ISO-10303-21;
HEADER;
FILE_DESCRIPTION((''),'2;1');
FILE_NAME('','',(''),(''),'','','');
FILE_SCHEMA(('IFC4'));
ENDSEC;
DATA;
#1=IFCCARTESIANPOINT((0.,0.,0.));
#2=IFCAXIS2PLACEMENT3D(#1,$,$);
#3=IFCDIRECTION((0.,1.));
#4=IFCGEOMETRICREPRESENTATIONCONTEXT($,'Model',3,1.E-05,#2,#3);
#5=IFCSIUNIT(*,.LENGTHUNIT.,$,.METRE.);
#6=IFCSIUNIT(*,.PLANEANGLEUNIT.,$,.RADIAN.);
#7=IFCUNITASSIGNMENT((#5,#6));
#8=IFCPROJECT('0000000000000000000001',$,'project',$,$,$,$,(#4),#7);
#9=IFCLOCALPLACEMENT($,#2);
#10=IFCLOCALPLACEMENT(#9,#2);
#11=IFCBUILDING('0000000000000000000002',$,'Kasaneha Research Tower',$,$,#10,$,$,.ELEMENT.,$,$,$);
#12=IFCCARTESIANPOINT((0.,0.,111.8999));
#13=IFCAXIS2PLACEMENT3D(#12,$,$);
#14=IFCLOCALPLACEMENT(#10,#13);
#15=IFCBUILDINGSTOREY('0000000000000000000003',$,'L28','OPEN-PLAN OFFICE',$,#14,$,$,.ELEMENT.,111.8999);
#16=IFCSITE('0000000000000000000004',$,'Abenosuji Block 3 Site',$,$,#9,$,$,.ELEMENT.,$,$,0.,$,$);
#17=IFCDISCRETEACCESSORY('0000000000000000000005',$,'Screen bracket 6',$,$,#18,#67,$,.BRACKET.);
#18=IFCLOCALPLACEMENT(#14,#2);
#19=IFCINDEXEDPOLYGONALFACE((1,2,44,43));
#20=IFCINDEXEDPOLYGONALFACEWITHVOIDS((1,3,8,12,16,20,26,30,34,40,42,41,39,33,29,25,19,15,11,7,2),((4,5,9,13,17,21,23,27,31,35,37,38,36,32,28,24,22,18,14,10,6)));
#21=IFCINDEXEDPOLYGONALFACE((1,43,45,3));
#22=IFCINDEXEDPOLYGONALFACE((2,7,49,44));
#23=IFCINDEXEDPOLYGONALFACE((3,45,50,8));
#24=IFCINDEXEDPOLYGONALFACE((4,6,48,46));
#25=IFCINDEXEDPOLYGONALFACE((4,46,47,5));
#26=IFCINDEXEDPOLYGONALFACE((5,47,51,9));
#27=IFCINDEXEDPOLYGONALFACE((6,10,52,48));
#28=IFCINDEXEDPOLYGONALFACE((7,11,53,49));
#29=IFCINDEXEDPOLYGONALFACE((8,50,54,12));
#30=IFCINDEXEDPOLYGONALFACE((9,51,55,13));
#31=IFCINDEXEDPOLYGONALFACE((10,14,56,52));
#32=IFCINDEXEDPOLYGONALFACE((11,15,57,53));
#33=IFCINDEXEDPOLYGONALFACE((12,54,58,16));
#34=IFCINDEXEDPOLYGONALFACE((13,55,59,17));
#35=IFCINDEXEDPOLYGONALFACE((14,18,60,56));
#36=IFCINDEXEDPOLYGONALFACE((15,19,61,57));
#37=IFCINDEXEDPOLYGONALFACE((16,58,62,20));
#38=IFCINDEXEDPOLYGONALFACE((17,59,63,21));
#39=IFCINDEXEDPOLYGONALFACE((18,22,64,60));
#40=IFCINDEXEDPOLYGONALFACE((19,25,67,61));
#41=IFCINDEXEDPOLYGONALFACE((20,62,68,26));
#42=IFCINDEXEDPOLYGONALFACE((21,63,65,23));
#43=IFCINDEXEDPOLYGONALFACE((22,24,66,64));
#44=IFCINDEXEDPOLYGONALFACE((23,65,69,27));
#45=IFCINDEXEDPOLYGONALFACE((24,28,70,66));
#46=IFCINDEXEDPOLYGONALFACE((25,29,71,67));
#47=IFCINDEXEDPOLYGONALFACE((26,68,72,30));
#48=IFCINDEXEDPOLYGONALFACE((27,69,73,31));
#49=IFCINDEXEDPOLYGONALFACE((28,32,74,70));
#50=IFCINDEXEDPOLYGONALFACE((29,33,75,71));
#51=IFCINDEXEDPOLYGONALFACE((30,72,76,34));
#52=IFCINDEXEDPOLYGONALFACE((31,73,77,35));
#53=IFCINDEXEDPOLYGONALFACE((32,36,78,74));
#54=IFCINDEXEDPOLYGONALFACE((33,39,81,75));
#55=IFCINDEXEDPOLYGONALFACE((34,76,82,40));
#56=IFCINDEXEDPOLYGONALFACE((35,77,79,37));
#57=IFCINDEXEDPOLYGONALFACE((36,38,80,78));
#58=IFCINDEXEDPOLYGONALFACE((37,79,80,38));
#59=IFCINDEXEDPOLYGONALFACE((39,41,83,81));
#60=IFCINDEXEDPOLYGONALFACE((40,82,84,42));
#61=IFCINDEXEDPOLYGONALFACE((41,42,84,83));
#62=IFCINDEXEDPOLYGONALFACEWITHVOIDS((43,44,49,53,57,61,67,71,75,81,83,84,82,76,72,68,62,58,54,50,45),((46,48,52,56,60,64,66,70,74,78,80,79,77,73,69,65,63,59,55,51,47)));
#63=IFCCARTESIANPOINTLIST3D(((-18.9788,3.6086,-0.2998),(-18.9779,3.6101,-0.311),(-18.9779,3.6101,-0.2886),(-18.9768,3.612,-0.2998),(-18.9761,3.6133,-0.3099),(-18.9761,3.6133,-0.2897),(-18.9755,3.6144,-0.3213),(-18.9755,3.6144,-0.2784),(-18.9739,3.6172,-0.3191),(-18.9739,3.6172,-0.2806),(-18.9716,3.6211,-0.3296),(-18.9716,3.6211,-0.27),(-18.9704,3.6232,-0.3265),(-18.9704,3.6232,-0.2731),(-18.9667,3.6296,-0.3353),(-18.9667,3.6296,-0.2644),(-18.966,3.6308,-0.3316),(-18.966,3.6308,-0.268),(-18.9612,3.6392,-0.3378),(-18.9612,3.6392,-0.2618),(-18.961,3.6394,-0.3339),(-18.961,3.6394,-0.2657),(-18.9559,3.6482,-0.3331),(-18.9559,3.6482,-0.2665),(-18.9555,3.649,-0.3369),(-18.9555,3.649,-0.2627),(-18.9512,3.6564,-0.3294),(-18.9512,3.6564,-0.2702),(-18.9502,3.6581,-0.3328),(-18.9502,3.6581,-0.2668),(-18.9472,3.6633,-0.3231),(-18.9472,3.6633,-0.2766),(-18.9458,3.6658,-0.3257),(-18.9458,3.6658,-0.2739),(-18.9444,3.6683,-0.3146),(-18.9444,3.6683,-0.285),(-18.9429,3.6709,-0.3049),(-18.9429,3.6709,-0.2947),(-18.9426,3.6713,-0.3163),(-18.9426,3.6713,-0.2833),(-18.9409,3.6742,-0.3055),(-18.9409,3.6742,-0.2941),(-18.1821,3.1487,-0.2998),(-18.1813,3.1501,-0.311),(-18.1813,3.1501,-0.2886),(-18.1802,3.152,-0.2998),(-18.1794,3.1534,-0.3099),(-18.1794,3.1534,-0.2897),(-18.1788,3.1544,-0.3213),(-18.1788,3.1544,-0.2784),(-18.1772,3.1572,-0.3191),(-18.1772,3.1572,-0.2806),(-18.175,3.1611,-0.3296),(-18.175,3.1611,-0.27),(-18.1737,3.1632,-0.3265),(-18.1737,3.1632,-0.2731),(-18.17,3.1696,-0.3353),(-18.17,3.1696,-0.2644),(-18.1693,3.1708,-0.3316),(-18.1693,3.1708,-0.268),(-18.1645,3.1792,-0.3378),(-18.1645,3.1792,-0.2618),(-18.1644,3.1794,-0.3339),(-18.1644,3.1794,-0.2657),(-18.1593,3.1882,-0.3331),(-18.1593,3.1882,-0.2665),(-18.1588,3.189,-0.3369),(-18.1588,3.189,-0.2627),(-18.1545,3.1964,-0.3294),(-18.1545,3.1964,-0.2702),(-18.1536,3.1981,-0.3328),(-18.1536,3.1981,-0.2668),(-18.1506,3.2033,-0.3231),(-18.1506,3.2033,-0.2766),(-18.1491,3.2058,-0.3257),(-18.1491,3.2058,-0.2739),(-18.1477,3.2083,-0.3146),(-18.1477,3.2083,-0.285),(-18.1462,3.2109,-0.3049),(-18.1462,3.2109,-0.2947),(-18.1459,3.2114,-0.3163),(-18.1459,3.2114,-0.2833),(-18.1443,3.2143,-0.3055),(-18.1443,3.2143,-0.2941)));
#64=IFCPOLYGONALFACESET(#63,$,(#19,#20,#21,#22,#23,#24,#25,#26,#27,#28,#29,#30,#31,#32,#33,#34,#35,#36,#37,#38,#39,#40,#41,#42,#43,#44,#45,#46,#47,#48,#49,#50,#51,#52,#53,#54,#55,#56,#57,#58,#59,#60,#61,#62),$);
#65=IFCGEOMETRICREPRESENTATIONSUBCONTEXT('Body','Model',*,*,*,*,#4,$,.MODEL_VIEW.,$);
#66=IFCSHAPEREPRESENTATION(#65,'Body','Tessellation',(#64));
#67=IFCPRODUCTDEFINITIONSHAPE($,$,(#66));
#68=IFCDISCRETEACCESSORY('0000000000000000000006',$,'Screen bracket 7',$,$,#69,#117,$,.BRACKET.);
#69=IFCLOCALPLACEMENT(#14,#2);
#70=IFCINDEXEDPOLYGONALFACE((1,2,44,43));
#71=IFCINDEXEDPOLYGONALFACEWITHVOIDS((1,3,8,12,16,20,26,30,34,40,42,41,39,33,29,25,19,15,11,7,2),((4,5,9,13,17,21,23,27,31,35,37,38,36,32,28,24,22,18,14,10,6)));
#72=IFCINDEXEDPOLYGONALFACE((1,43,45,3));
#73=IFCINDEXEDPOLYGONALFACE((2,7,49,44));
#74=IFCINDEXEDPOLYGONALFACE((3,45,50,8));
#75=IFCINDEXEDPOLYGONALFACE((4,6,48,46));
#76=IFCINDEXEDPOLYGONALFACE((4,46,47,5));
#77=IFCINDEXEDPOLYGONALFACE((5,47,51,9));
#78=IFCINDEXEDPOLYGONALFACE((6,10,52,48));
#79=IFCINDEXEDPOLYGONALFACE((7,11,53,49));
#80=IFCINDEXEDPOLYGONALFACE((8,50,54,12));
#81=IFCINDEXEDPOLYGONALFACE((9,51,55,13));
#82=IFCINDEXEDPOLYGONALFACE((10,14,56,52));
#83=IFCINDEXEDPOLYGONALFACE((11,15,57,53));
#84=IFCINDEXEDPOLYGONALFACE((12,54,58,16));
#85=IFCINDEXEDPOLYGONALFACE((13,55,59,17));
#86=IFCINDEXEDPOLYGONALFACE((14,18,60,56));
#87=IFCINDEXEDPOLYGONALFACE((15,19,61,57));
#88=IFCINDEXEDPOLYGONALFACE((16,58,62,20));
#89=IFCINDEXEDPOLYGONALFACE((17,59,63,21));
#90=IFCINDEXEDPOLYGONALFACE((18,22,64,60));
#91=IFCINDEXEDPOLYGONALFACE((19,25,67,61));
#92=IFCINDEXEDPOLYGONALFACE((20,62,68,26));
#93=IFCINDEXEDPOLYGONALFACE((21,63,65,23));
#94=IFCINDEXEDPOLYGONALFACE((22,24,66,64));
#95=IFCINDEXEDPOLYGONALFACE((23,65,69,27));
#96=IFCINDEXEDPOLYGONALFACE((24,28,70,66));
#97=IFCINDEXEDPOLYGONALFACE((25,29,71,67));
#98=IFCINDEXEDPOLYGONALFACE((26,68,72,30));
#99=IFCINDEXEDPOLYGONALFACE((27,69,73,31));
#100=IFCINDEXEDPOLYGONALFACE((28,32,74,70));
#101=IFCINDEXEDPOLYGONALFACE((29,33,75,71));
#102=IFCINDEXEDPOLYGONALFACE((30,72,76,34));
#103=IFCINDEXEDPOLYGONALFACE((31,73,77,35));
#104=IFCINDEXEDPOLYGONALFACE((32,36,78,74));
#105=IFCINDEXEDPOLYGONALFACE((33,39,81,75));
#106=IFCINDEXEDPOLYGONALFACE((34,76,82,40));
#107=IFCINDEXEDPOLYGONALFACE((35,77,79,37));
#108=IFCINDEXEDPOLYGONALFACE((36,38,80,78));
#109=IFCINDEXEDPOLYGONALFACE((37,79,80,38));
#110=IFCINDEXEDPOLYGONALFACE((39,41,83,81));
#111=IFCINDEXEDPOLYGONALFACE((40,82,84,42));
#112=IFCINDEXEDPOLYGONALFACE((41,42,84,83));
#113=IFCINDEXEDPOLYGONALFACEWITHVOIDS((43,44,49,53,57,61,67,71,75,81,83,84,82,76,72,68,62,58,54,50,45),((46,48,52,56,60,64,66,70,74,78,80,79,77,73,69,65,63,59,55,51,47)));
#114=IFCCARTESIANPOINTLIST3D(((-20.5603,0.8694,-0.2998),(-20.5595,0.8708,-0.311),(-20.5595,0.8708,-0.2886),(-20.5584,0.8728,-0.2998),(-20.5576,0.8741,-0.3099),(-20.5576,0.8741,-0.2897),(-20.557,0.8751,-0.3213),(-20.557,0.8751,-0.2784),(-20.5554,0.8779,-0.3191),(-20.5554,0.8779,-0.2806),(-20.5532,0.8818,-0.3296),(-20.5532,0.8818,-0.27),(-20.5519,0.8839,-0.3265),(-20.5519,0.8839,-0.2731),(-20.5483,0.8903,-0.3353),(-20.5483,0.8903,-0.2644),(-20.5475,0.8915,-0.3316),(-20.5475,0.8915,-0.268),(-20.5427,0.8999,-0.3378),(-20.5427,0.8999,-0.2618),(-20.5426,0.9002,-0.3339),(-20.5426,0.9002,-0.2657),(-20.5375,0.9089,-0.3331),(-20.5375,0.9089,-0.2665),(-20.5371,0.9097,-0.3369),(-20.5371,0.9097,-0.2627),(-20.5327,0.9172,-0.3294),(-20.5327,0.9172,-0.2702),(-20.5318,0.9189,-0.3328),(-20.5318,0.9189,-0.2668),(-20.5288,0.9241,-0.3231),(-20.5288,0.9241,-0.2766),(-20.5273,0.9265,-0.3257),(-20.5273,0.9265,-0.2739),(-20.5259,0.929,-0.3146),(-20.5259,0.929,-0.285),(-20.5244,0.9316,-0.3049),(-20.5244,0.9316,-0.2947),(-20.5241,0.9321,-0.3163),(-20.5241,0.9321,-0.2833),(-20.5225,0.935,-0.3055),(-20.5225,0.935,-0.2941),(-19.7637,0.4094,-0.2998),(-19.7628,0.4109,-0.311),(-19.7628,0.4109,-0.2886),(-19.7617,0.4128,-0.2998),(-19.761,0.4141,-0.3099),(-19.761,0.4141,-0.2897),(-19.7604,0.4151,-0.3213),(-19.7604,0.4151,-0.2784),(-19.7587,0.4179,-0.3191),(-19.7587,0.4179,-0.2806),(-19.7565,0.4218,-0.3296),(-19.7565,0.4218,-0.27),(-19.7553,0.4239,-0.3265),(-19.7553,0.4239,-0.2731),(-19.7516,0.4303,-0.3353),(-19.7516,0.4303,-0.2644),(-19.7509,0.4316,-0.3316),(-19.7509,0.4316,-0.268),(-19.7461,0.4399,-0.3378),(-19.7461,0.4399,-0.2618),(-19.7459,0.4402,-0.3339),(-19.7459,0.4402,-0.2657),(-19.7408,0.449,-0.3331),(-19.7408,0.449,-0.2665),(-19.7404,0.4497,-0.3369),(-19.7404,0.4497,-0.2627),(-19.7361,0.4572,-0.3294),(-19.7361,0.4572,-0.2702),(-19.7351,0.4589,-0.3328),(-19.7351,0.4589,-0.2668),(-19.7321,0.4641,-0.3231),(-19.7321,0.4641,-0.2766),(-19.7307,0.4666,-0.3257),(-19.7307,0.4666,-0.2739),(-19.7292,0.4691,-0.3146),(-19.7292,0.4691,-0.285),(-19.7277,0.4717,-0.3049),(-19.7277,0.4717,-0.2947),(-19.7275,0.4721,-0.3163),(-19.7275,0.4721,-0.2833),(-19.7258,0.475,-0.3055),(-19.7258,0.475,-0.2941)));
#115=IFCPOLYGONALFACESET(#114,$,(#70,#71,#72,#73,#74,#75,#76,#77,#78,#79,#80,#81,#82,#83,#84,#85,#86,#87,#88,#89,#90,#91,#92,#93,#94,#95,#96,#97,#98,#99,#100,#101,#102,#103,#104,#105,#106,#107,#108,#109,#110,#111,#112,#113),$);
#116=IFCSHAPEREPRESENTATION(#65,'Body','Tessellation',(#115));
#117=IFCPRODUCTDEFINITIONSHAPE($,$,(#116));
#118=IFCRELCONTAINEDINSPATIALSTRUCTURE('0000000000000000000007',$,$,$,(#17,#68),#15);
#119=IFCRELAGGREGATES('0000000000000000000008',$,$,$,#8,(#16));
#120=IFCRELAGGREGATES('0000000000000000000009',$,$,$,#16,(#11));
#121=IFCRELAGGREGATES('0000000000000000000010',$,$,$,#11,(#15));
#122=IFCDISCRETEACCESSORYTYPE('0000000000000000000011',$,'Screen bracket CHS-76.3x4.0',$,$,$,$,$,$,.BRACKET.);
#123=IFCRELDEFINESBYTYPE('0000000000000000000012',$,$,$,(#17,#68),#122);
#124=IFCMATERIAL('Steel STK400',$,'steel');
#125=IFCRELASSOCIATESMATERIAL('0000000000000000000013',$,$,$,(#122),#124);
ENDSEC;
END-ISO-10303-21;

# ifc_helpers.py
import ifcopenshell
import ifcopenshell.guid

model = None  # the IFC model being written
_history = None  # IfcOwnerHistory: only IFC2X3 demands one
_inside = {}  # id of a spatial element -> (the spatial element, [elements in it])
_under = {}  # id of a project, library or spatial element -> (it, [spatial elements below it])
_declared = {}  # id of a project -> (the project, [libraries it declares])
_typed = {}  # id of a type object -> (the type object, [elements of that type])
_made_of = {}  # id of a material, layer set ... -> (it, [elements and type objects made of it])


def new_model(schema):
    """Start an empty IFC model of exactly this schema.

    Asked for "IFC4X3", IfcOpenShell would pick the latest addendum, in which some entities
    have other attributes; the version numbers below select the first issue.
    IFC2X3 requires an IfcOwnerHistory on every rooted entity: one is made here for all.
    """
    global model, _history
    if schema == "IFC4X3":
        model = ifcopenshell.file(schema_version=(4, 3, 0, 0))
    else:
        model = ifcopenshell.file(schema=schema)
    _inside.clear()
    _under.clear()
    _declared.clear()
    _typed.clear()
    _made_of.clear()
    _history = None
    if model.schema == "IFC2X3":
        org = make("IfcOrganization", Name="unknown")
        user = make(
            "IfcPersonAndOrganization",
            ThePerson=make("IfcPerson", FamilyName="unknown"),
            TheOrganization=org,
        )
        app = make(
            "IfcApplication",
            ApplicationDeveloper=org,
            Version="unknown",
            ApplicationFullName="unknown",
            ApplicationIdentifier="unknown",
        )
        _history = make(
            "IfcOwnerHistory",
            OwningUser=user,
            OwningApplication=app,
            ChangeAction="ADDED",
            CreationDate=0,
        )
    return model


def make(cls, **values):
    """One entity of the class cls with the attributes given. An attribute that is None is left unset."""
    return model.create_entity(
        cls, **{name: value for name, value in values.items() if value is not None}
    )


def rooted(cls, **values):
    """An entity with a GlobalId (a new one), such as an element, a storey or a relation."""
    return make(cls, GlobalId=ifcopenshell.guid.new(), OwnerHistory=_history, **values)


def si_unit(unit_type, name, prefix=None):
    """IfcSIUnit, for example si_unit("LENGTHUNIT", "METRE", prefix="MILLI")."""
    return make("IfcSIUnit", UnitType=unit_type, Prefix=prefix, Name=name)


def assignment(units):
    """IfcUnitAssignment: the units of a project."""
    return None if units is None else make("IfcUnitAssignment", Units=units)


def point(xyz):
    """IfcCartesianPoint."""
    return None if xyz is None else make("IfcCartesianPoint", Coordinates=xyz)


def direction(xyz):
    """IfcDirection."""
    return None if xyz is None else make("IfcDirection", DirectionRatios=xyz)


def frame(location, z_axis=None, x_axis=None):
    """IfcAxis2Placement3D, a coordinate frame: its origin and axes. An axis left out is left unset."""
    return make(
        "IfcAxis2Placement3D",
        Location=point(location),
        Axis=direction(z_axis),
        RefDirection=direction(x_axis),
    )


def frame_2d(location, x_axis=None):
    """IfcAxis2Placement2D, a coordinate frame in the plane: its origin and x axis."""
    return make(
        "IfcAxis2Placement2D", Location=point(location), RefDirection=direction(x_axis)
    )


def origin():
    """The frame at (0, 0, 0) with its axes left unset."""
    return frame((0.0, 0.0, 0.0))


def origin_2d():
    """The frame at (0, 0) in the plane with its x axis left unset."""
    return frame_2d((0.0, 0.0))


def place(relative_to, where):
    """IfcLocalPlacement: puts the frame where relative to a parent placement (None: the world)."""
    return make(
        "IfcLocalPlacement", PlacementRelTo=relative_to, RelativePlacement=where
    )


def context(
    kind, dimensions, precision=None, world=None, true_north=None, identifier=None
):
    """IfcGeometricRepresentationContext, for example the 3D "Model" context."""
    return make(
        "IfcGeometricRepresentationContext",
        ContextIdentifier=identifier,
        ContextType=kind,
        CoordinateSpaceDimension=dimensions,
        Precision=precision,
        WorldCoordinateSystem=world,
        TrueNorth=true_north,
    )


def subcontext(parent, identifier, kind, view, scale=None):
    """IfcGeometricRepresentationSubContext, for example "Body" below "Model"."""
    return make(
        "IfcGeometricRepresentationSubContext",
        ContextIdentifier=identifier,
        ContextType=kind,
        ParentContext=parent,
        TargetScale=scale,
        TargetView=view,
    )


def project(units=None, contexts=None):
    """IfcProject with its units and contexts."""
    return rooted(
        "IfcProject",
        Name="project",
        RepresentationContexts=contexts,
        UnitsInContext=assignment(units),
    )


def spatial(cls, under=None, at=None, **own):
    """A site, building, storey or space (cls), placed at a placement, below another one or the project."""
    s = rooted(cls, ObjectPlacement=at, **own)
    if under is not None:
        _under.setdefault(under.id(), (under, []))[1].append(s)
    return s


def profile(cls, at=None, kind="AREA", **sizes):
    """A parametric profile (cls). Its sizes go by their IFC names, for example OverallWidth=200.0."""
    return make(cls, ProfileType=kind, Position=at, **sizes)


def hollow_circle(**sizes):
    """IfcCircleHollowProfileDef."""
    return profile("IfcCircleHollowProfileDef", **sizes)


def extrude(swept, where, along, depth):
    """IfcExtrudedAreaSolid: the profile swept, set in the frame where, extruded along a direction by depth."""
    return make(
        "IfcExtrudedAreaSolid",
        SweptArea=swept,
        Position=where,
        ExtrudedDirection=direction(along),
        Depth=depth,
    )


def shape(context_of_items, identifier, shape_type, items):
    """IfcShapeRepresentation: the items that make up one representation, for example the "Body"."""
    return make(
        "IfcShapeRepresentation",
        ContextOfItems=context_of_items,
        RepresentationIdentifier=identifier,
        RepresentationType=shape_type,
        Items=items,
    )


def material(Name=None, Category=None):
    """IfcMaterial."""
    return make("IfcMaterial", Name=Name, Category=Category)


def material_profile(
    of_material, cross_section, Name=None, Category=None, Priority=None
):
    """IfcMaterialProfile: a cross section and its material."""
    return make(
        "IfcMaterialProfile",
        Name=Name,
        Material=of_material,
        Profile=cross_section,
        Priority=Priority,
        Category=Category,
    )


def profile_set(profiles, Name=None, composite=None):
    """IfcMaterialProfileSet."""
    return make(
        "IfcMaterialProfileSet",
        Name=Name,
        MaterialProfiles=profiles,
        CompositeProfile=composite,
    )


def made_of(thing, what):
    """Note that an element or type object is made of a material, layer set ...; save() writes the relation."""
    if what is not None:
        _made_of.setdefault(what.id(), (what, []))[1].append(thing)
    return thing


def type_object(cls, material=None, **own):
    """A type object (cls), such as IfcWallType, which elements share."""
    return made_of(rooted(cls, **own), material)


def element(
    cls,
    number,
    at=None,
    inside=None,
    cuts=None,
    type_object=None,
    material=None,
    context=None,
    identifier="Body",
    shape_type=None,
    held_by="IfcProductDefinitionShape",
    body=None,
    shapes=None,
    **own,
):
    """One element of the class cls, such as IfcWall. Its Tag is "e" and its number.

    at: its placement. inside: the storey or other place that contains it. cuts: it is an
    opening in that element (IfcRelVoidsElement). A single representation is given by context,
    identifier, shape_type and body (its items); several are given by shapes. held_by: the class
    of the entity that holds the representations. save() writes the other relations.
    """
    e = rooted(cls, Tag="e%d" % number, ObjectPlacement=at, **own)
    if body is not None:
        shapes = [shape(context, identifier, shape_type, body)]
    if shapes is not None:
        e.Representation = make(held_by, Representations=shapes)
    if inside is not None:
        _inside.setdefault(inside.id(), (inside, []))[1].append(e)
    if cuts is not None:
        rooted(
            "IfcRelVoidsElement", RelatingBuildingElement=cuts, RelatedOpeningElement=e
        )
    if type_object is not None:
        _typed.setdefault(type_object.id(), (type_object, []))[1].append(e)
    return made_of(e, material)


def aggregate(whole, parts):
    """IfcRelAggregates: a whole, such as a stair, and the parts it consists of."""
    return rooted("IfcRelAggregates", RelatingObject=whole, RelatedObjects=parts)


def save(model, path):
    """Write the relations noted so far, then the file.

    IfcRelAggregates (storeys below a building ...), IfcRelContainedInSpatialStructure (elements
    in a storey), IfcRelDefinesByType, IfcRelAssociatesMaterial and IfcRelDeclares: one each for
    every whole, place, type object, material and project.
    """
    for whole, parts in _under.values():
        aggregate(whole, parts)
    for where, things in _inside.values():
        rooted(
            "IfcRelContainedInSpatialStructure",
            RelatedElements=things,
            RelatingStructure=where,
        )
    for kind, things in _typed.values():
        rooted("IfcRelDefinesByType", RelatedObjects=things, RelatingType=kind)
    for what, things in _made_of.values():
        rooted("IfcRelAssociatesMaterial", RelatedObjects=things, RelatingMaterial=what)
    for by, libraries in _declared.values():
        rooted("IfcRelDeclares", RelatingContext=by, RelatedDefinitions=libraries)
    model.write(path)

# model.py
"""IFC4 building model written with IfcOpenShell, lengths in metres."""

from ifc_helpers import new_model, si_unit, direction, frame, origin, origin_2d, place, context, subcontext, project, spatial, hollow_circle, extrude, material, material_profile, profile_set, type_object, element, save


model = new_model("IFC4")

# Units and contexts
model_context = context("Model", 3, precision=1e-05, world=origin(), true_north=direction((0.0, 1.0)))
body_context = subcontext(model_context, "Body", "Model", "MODEL_VIEW")
ifc_project = project(units=[si_unit("LENGTHUNIT", "METRE"), si_unit("PLANEANGLEUNIT", "RADIAN")], contexts=[model_context])

# Site, building, storey
site_placement = place(None, origin())
site = spatial("IfcSite", under=ifc_project, at=site_placement, Name="Abenosuji Block 3 Site", CompositionType="ELEMENT", RefElevation=0.0)
building_placement = place(site_placement, origin())
building = spatial("IfcBuilding", under=site, at=building_placement, Name="Kasaneha Research Tower", CompositionType="ELEMENT")
storey_placement = place(building_placement, frame((0.0, 0.0, 111.8999)))
storey = spatial("IfcBuildingStorey", under=building, at=storey_placement, Name="L28", Description="OPEN-PLAN OFFICE", CompositionType="ELEMENT", Elevation=111.8999)

# Discrete accessories
ifc_material_1 = material(Name="Steel STK400", Category="steel")
ifc_material_profile_1 = material_profile(ifc_material_1, hollow_circle(Radius=0.0381, WallThickness=0.0039, at=origin_2d()), Name="CHS-76.3x4.0")
ifc_profile_set_1 = profile_set([ifc_material_profile_1], Name="Steel STK400")
discrete_accessory_type = type_object("IfcDiscreteAccessoryType", Name="Screen bracket CHS-76.3x4.0", PredefinedType="BRACKET", material=ifc_profile_set_1)
for number, where, z_axis, x_axis, name in (
    (1, (-18.1631, 3.1816, -0.2998), (-0.866013, 0.500021, 0.0), (-0.500021, -0.866013, 0.0), "Screen bracket 6"),
    (2, (-19.7446, 0.4424, -0.2998), (-0.866013, 0.500021, 0.0), (-0.500021, -0.866013, 0.0), "Screen bracket 7"),
):
    element("IfcDiscreteAccessory", number, at=place(storey_placement, frame(where, z_axis=z_axis, x_axis=x_axis)), inside=storey, type_object=discrete_accessory_type, Name=name, PredefinedType="BRACKET", context=body_context, shape_type="SweptSolid", body=[
        extrude(hollow_circle(Radius=0.0381, WallThickness=0.0039, at=origin_2d()), origin(), (0.0, 0.0, 1.0), 0.9199),
    ])

save(model, "model.ifc")
